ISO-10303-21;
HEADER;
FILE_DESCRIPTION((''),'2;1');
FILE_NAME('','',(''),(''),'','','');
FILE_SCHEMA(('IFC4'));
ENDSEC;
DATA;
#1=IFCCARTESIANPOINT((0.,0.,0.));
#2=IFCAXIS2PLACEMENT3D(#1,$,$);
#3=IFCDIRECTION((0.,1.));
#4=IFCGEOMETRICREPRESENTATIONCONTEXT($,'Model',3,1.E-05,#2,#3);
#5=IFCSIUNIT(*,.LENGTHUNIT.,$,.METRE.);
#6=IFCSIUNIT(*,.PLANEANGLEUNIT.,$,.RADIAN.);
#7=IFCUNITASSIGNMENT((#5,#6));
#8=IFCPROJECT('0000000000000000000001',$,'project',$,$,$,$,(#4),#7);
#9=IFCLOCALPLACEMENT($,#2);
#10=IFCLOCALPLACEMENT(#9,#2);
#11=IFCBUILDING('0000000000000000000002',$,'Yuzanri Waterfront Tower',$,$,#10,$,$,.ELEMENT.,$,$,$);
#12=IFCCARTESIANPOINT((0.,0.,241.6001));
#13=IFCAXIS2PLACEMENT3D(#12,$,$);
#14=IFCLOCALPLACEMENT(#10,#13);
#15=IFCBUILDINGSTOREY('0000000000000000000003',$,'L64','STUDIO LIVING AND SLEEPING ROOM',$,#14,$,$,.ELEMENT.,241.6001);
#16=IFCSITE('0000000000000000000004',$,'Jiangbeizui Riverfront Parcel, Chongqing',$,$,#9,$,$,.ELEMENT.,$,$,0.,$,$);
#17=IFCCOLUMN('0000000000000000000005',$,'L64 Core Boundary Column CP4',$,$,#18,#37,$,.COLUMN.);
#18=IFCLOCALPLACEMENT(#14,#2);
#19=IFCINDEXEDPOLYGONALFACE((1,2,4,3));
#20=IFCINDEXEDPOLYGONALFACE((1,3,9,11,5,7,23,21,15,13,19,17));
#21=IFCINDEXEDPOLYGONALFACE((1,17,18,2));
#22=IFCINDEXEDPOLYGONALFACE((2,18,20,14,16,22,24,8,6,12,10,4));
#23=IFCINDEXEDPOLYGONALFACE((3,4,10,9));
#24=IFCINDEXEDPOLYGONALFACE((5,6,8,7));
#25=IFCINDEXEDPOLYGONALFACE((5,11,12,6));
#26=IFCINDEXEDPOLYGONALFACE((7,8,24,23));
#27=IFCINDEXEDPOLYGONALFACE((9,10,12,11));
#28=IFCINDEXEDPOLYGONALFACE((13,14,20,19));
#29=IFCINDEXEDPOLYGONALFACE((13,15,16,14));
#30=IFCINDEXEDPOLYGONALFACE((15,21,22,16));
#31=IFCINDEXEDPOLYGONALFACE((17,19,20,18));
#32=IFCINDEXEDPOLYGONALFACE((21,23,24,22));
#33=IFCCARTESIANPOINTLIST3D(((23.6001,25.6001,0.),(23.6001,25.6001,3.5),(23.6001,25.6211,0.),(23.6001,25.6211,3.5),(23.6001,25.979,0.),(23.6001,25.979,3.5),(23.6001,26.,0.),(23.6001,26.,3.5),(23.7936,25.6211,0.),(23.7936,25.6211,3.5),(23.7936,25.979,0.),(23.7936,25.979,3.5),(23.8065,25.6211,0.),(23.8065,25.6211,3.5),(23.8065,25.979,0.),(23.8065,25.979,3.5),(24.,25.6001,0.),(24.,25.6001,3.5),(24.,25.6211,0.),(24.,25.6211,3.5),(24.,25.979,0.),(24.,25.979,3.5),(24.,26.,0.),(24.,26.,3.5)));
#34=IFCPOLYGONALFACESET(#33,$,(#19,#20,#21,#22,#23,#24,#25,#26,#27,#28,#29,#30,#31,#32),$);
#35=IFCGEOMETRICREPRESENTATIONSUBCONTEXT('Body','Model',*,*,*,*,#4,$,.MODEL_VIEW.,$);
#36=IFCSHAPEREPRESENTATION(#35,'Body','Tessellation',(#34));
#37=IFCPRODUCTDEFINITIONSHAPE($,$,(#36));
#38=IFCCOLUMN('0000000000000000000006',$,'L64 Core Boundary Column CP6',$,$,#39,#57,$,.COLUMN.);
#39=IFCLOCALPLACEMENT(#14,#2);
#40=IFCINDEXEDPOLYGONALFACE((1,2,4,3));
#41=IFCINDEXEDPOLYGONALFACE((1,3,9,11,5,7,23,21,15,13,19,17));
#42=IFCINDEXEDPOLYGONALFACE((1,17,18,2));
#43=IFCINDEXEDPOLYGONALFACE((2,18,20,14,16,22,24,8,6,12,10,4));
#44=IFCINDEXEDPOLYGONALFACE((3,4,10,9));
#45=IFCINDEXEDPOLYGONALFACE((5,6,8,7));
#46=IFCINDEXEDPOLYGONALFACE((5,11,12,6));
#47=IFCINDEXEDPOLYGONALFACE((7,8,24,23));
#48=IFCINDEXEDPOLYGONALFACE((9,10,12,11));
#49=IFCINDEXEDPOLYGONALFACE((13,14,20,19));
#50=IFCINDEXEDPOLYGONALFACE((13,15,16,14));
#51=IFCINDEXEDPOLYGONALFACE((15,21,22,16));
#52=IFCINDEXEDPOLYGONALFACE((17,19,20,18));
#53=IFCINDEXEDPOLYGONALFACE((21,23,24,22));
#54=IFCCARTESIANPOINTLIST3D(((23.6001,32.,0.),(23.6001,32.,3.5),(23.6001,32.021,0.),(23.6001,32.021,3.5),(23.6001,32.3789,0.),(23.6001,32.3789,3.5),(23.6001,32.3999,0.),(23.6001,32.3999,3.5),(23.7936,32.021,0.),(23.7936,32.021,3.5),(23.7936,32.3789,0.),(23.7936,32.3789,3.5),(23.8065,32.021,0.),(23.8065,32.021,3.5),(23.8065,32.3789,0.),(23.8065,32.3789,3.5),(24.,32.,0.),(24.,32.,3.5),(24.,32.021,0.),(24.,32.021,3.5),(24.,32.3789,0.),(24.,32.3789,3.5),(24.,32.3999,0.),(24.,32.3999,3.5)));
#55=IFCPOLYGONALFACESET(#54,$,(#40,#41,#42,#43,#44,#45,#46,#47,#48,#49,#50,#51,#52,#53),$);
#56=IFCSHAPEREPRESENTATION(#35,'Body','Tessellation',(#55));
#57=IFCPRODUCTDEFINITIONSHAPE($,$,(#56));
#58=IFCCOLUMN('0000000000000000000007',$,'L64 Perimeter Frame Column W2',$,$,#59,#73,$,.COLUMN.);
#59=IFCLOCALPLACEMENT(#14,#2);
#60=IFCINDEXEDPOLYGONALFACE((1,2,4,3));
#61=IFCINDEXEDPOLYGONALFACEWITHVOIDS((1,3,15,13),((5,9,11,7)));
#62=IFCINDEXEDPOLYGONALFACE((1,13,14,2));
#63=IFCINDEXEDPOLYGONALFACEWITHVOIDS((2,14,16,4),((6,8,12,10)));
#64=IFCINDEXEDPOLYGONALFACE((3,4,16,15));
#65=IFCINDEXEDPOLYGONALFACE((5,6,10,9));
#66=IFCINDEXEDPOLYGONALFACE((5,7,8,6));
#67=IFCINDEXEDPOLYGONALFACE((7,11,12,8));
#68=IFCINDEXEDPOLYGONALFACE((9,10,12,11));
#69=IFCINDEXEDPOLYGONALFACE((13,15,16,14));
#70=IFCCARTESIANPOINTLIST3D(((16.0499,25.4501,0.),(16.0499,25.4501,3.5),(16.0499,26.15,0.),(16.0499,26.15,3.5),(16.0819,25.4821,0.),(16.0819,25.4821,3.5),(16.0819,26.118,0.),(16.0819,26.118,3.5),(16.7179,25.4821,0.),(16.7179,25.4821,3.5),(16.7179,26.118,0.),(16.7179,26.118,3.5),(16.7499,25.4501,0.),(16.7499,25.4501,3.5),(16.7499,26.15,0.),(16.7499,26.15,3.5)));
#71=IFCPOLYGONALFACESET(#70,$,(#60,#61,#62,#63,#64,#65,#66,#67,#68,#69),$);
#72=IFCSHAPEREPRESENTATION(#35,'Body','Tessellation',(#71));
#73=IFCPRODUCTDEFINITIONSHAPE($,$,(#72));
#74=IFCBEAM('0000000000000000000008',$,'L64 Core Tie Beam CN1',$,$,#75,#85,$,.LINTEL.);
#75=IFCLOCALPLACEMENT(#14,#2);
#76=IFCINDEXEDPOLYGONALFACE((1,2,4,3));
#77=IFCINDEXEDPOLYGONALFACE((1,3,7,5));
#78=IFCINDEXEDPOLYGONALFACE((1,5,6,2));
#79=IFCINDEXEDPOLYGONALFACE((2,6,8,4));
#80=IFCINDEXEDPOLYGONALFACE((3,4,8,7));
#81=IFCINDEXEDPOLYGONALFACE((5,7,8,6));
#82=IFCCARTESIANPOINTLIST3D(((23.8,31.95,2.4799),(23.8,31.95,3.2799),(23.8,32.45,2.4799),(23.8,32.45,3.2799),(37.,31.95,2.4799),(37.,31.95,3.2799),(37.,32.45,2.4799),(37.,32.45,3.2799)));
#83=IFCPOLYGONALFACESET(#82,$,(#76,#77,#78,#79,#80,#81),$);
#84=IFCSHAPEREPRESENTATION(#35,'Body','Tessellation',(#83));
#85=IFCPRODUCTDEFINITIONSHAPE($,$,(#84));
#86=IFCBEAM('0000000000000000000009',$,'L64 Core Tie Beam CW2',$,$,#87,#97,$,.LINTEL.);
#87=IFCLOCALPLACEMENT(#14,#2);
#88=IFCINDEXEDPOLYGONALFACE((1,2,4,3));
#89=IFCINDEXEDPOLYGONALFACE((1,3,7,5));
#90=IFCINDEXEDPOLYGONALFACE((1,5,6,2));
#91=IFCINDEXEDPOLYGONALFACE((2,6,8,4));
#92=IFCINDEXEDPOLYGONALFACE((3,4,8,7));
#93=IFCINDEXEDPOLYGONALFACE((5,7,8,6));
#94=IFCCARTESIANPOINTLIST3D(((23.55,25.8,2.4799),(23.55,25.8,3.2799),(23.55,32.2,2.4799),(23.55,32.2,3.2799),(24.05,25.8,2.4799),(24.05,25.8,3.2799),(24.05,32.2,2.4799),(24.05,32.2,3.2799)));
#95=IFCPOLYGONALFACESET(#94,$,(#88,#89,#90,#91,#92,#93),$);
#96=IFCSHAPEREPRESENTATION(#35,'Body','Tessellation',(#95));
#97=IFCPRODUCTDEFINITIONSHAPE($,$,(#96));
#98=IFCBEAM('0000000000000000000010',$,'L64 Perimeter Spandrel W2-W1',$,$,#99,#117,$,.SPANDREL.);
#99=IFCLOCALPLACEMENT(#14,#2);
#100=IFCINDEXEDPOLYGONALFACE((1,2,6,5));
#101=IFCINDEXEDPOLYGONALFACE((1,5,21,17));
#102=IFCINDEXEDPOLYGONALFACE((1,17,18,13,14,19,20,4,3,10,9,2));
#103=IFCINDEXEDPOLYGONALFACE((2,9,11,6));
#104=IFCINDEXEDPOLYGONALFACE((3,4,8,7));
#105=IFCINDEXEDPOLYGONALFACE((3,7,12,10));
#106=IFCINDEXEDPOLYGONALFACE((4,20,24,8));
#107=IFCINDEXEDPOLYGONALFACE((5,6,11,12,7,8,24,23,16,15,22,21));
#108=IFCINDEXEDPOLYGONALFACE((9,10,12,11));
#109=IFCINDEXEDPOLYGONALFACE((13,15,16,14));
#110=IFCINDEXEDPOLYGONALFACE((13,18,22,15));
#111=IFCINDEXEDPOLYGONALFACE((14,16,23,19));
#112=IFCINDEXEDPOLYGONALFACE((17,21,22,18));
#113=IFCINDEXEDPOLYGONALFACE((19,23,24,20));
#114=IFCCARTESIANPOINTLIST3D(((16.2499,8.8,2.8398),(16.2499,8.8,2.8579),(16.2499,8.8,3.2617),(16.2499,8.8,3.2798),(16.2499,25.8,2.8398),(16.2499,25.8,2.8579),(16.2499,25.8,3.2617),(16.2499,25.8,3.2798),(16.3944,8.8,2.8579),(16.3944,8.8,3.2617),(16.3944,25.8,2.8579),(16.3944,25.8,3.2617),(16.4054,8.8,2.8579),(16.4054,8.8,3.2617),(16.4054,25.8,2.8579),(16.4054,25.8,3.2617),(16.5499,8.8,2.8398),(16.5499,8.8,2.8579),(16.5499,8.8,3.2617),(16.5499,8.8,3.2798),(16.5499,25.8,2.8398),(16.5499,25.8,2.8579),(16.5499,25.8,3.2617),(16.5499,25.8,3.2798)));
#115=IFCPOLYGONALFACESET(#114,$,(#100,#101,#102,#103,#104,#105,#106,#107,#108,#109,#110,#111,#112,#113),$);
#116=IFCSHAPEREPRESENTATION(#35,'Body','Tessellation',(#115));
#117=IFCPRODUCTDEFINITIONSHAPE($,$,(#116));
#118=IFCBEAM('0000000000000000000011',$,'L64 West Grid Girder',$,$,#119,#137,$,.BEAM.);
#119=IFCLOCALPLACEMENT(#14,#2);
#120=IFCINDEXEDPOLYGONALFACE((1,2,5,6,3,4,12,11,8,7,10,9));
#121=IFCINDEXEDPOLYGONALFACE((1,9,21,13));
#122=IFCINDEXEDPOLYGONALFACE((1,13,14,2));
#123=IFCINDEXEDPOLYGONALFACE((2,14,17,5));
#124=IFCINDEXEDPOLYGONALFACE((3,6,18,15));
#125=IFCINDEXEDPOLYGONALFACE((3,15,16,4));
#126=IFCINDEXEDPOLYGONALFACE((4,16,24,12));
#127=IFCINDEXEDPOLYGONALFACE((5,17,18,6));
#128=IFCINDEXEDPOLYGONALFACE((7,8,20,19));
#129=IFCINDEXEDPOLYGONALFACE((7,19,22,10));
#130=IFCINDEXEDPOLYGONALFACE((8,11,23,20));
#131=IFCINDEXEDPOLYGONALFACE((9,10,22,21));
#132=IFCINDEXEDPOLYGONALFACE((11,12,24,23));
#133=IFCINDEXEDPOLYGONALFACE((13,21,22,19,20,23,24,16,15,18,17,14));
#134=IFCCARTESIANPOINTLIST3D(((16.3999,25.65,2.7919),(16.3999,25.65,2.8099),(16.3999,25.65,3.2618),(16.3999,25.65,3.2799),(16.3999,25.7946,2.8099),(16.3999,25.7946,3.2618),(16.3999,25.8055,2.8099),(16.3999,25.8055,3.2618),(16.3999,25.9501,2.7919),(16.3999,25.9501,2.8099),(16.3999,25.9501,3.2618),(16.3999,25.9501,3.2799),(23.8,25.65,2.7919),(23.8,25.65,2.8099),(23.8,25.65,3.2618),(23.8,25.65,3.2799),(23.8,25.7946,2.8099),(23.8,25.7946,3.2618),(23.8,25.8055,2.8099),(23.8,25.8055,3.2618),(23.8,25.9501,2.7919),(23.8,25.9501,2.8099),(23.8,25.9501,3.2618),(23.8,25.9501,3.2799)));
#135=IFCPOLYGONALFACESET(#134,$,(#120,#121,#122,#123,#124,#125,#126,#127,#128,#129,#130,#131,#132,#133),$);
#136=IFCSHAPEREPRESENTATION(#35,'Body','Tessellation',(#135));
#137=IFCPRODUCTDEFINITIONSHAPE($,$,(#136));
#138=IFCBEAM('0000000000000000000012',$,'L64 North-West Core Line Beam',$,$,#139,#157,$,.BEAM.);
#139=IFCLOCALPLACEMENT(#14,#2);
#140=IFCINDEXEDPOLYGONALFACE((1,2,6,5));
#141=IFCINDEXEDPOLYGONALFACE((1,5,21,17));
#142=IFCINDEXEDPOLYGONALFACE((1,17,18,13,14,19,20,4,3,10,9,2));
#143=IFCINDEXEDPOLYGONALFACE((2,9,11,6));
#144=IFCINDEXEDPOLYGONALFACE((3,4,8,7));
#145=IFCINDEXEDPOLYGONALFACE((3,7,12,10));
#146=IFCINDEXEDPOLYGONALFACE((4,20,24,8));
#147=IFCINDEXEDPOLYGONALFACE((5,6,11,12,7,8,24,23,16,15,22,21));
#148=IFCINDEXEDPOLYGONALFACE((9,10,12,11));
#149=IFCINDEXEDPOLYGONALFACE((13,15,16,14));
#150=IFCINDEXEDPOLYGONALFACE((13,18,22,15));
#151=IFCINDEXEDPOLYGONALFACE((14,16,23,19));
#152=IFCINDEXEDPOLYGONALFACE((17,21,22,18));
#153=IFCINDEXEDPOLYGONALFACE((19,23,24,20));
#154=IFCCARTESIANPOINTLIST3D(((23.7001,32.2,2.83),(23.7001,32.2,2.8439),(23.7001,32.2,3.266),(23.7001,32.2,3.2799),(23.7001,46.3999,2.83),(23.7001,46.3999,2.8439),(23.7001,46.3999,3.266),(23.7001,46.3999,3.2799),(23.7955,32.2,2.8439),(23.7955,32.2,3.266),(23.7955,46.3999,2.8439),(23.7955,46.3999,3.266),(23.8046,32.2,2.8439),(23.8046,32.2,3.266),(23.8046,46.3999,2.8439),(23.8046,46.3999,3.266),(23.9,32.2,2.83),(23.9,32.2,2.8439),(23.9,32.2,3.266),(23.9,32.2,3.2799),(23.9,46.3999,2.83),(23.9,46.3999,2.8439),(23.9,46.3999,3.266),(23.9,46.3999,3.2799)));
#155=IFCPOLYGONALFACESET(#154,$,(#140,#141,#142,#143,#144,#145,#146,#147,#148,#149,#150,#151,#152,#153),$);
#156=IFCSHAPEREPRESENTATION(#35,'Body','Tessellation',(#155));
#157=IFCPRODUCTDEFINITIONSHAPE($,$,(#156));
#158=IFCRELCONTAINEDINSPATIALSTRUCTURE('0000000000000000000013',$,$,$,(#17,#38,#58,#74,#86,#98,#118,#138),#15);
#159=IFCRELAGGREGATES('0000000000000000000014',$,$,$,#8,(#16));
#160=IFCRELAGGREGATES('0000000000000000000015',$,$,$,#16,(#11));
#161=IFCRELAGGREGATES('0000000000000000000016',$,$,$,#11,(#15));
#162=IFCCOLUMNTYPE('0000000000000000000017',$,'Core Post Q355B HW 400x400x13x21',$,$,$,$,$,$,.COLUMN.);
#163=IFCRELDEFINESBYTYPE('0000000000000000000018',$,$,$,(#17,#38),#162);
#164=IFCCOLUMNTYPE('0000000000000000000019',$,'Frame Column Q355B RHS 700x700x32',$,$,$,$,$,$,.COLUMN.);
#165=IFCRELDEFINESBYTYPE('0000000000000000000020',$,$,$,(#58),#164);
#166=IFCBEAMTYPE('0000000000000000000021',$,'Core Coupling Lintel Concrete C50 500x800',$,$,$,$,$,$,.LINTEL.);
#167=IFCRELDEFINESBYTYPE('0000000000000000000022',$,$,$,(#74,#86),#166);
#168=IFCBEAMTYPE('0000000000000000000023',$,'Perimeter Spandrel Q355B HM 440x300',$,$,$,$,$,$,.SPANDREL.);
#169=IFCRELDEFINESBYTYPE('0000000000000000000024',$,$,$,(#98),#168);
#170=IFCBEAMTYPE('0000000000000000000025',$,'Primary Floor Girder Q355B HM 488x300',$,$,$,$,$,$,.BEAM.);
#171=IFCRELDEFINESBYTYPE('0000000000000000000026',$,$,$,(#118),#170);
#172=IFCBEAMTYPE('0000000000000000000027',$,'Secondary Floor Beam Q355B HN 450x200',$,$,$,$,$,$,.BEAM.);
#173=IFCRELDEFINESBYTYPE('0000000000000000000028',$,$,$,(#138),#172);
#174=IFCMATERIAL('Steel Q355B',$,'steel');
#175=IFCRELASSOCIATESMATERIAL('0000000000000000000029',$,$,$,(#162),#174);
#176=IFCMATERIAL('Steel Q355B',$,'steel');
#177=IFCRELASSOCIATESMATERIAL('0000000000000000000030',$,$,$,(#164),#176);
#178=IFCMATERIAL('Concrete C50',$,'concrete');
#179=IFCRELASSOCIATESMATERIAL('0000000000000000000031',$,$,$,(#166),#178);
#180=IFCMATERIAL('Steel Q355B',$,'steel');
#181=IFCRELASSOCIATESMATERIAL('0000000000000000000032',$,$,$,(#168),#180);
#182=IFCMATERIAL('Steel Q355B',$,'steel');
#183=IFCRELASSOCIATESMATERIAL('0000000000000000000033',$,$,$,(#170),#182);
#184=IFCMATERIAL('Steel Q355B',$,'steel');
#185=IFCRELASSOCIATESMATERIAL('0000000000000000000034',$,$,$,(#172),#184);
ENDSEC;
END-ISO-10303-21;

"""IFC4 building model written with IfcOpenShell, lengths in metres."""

from ifc_helpers import new_model, si_unit, direction, frame, origin, origin_2d, place, context, subcontext, project, spatial, rectangle, hollow_rectangle, i_section, extrude, source, transform, mapped, material, material_profile, profile_set, type_object, element, save


model = new_model("IFC4")

# Units and contexts
model_context = context("Model", 3, precision=1e-05, world=origin(), true_north=direction((0.0, 1.0)))
body_context = subcontext(model_context, "Body", "Model", "MODEL_VIEW")
ifc_project = project(units=[si_unit("LENGTHUNIT", "METRE"), si_unit("PLANEANGLEUNIT", "RADIAN")], contexts=[model_context])

# Site, building, storey
site_placement = place(None, origin())
site = spatial("IfcSite", under=ifc_project, at=site_placement, Name="Jiangbeizui Riverfront Parcel, Chongqing", CompositionType="ELEMENT", RefElevation=0.0)
building_placement = place(site_placement, origin())
building = spatial("IfcBuilding", under=site, at=building_placement, Name="Yuzanri Waterfront Tower", CompositionType="ELEMENT")
storey_placement = place(building_placement, frame((0.0, 0.0, 241.6001)))
storey = spatial("IfcBuildingStorey", under=building, at=storey_placement, Name="L64", Description="STUDIO LIVING AND SLEEPING ROOM", CompositionType="ELEMENT", Elevation=241.6001)

# Columns
ifc_material_1 = material(Name="Steel Q355B", Category="steel")
ifc_material_profile_1 = material_profile(ifc_material_1, i_section(OverallWidth=0.3999, OverallDepth=0.3999, WebThickness=0.0129, FlangeThickness=0.021, at=origin_2d()), Name="HW 400x400x13x21")
ifc_profile_set_1 = profile_set([ifc_material_profile_1], Name="Steel Q355B")
column_type_1 = type_object("IfcColumnType", Name="Core Post Q355B HW 400x400x13x21", PredefinedType="COLUMN", material=ifc_profile_set_1)
shared_shape_1 = source(origin(), body_context, "Body", "SweptSolid", [
    extrude(i_section(OverallWidth=0.3999, OverallDepth=0.3999, WebThickness=0.0129, FlangeThickness=0.021, at=origin_2d()), origin(), (0.0, 0.0, 1.0), 3.5),
])
for number, where, z_axis, x_axis, name in (
    (1, (23.8, 25.8, 0.0), (0.0, 0.0, 1.0), (1.0, 0.0, 0.0), "L64 Core Boundary Column CP4"),
    (2, (23.8, 32.2, 0.0), (0.0, 0.0, 1.0), (1.0, 0.0, 0.0), "L64 Core Boundary Column CP6"),
):
    element("IfcColumn", number, at=place(storey_placement, frame(where, z_axis=z_axis, x_axis=x_axis)), inside=storey, type_object=column_type_1, Name=name, PredefinedType="COLUMN", context=body_context, shape_type="MappedRepresentation", body=[
        mapped(shared_shape_1, transform((0.0, 0.0, 0.0), scale=1.0)),
    ])
ifc_material_2 = material(Name="Steel Q355B", Category="steel")
ifc_material_profile_2 = material_profile(ifc_material_2, hollow_rectangle(XDim=0.7, YDim=0.7, WallThickness=0.032, at=origin_2d()), Name="RHS 700x700x32")
ifc_profile_set_2 = profile_set([ifc_material_profile_2], Name="Steel Q355B")
column_type_2 = type_object("IfcColumnType", Name="Frame Column Q355B RHS 700x700x32", PredefinedType="COLUMN", material=ifc_profile_set_2)
shared_shape_2 = source(origin(), body_context, "Body", "SweptSolid", [
    extrude(hollow_rectangle(XDim=0.7, YDim=0.7, WallThickness=0.032, at=origin_2d()), origin(), (0.0, 0.0, 1.0), 3.5),
])
column_placement = place(storey_placement, frame((16.3999, 25.8, 0.0), z_axis=(0.0, 0.0, 1.0), x_axis=(1.0, 0.0, 0.0)))
element("IfcColumn", 3, at=column_placement, inside=storey, type_object=column_type_2, Name="L64 Perimeter Frame Column W2", PredefinedType="COLUMN", context=body_context, shape_type="MappedRepresentation", body=[
    mapped(shared_shape_2, transform((0.0, 0.0, 0.0), scale=1.0)),
])

# Beams
ifc_material_3 = material(Name="Concrete C50", Category="concrete")
ifc_material_profile_3 = material_profile(ifc_material_3, rectangle(XDim=0.5, YDim=0.8, at=origin_2d()), Name="RC 500x800")
ifc_profile_set_3 = profile_set([ifc_material_profile_3], Name="Concrete C50")
beam_type_1 = type_object("IfcBeamType", Name="Core Coupling Lintel Concrete C50 500x800", PredefinedType="LINTEL", material=ifc_profile_set_3)
shared_shape_3 = source(origin(), body_context, "Body", "SweptSolid", [
    extrude(rectangle(XDim=0.5, YDim=0.8, at=origin_2d()), origin(), (0.0, 0.0, 1.0), 13.2),
])
beam_1_placement = place(storey_placement, frame((23.8, 32.2, 2.8799), z_axis=(1.0, 0.0, 0.0), x_axis=(0.0, 1.0, 0.0)))
element("IfcBeam", 4, at=beam_1_placement, inside=storey, type_object=beam_type_1, Name="L64 Core Tie Beam CN1", PredefinedType="LINTEL", context=body_context, shape_type="MappedRepresentation", body=[
    mapped(shared_shape_3, transform((0.0, 0.0, 0.0), scale=1.0)),
])
shared_shape_4 = source(origin(), body_context, "Body", "SweptSolid", [
    extrude(rectangle(XDim=0.5, YDim=0.8, at=origin_2d()), origin(), (0.0, 0.0, 1.0), 6.3999),
])
beam_2_placement = place(storey_placement, frame((23.8, 25.8, 2.8799), z_axis=(0.0, 1.0, 0.0), x_axis=(-1.0, 0.0, 0.0)))
element("IfcBeam", 5, at=beam_2_placement, inside=storey, type_object=beam_type_1, Name="L64 Core Tie Beam CW2", PredefinedType="LINTEL", context=body_context, shape_type="MappedRepresentation", body=[
    mapped(shared_shape_4, transform((0.0, 0.0, 0.0), scale=1.0)),
])
ifc_material_4 = material(Name="Steel Q355B", Category="steel")
ifc_material_profile_4 = material_profile(ifc_material_4, i_section(OverallWidth=0.3, OverallDepth=0.4399, WebThickness=0.011, FlangeThickness=0.0181, at=origin_2d()), Name="HM 440x300x11x18")
ifc_profile_set_4 = profile_set([ifc_material_profile_4], Name="Steel Q355B")
beam_type_2 = type_object("IfcBeamType", Name="Perimeter Spandrel Q355B HM 440x300", PredefinedType="SPANDREL", material=ifc_profile_set_4)
shared_shape_5 = source(origin(), body_context, "Body", "SweptSolid", [
    extrude(i_section(OverallWidth=0.3, OverallDepth=0.4399, WebThickness=0.011, FlangeThickness=0.0181, at=origin_2d()), origin(), (0.0, 0.0, 1.0), 17.0),
])
beam_3_placement = place(storey_placement, frame((16.3999, 25.8, 3.0598), z_axis=(0.0, -1.0, 0.0), x_axis=(1.0, 0.0, 0.0)))
element("IfcBeam", 6, at=beam_3_placement, inside=storey, type_object=beam_type_2, Name="L64 Perimeter Spandrel W2-W1", PredefinedType="SPANDREL", context=body_context, shape_type="MappedRepresentation", body=[
    mapped(shared_shape_5, transform((0.0, 0.0, 0.0), scale=1.0)),
])
ifc_material_5 = material(Name="Steel Q355B", Category="steel")
ifc_material_profile_5 = material_profile(ifc_material_5, i_section(OverallWidth=0.3, OverallDepth=0.488, WebThickness=0.011, FlangeThickness=0.0181, at=origin_2d()), Name="HM 488x300x11x18")
ifc_profile_set_5 = profile_set([ifc_material_profile_5], Name="Steel Q355B")
beam_type_3 = type_object("IfcBeamType", Name="Primary Floor Girder Q355B HM 488x300", PredefinedType="BEAM", material=ifc_profile_set_5)
shared_shape_6 = source(origin(), body_context, "Body", "SweptSolid", [
    extrude(i_section(OverallWidth=0.3, OverallDepth=0.488, WebThickness=0.011, FlangeThickness=0.0181, at=origin_2d()), origin(), (0.0, 0.0, 1.0), 7.4001),
])
beam_4_placement = place(storey_placement, frame((23.8, 25.8, 3.0359), z_axis=(-1.0, 0.0, 0.0), x_axis=(0.0, -1.0, 0.0)))
element("IfcBeam", 7, at=beam_4_placement, inside=storey, type_object=beam_type_3, Name="L64 West Grid Girder", PredefinedType="BEAM", context=body_context, shape_type="MappedRepresentation", body=[
    mapped(shared_shape_6, transform((0.0, 0.0, 0.0), scale=1.0)),
])
ifc_material_6 = material(Name="Steel Q355B", Category="steel")
ifc_material_profile_6 = material_profile(ifc_material_6, i_section(OverallWidth=0.2, OverallDepth=0.45, WebThickness=0.009, FlangeThickness=0.0139, at=origin_2d()), Name="HN 450x200x9x14")
ifc_profile_set_6 = profile_set([ifc_material_profile_6], Name="Steel Q355B")
beam_type_4 = type_object("IfcBeamType", Name="Secondary Floor Beam Q355B HN 450x200", PredefinedType="BEAM", material=ifc_profile_set_6)
shared_shape_7 = source(origin(), body_context, "Body", "SweptSolid", [
    extrude(i_section(OverallWidth=0.2, OverallDepth=0.45, WebThickness=0.009, FlangeThickness=0.0139, at=origin_2d()), origin(), (0.0, 0.0, 1.0), 14.2),
])
beam_5_placement = place(storey_placement, frame((23.8, 32.2, 3.0549), z_axis=(0.0, 1.0, 0.0), x_axis=(-1.0, 0.0, 0.0)))
element("IfcBeam", 8, at=beam_5_placement, inside=storey, type_object=beam_type_4, Name="L64 North-West Core Line Beam", PredefinedType="BEAM", context=body_context, shape_type="MappedRepresentation", body=[
    mapped(shared_shape_7, transform((0.0, 0.0, 0.0), scale=1.0)),
])

save(model, "model.ifc")
